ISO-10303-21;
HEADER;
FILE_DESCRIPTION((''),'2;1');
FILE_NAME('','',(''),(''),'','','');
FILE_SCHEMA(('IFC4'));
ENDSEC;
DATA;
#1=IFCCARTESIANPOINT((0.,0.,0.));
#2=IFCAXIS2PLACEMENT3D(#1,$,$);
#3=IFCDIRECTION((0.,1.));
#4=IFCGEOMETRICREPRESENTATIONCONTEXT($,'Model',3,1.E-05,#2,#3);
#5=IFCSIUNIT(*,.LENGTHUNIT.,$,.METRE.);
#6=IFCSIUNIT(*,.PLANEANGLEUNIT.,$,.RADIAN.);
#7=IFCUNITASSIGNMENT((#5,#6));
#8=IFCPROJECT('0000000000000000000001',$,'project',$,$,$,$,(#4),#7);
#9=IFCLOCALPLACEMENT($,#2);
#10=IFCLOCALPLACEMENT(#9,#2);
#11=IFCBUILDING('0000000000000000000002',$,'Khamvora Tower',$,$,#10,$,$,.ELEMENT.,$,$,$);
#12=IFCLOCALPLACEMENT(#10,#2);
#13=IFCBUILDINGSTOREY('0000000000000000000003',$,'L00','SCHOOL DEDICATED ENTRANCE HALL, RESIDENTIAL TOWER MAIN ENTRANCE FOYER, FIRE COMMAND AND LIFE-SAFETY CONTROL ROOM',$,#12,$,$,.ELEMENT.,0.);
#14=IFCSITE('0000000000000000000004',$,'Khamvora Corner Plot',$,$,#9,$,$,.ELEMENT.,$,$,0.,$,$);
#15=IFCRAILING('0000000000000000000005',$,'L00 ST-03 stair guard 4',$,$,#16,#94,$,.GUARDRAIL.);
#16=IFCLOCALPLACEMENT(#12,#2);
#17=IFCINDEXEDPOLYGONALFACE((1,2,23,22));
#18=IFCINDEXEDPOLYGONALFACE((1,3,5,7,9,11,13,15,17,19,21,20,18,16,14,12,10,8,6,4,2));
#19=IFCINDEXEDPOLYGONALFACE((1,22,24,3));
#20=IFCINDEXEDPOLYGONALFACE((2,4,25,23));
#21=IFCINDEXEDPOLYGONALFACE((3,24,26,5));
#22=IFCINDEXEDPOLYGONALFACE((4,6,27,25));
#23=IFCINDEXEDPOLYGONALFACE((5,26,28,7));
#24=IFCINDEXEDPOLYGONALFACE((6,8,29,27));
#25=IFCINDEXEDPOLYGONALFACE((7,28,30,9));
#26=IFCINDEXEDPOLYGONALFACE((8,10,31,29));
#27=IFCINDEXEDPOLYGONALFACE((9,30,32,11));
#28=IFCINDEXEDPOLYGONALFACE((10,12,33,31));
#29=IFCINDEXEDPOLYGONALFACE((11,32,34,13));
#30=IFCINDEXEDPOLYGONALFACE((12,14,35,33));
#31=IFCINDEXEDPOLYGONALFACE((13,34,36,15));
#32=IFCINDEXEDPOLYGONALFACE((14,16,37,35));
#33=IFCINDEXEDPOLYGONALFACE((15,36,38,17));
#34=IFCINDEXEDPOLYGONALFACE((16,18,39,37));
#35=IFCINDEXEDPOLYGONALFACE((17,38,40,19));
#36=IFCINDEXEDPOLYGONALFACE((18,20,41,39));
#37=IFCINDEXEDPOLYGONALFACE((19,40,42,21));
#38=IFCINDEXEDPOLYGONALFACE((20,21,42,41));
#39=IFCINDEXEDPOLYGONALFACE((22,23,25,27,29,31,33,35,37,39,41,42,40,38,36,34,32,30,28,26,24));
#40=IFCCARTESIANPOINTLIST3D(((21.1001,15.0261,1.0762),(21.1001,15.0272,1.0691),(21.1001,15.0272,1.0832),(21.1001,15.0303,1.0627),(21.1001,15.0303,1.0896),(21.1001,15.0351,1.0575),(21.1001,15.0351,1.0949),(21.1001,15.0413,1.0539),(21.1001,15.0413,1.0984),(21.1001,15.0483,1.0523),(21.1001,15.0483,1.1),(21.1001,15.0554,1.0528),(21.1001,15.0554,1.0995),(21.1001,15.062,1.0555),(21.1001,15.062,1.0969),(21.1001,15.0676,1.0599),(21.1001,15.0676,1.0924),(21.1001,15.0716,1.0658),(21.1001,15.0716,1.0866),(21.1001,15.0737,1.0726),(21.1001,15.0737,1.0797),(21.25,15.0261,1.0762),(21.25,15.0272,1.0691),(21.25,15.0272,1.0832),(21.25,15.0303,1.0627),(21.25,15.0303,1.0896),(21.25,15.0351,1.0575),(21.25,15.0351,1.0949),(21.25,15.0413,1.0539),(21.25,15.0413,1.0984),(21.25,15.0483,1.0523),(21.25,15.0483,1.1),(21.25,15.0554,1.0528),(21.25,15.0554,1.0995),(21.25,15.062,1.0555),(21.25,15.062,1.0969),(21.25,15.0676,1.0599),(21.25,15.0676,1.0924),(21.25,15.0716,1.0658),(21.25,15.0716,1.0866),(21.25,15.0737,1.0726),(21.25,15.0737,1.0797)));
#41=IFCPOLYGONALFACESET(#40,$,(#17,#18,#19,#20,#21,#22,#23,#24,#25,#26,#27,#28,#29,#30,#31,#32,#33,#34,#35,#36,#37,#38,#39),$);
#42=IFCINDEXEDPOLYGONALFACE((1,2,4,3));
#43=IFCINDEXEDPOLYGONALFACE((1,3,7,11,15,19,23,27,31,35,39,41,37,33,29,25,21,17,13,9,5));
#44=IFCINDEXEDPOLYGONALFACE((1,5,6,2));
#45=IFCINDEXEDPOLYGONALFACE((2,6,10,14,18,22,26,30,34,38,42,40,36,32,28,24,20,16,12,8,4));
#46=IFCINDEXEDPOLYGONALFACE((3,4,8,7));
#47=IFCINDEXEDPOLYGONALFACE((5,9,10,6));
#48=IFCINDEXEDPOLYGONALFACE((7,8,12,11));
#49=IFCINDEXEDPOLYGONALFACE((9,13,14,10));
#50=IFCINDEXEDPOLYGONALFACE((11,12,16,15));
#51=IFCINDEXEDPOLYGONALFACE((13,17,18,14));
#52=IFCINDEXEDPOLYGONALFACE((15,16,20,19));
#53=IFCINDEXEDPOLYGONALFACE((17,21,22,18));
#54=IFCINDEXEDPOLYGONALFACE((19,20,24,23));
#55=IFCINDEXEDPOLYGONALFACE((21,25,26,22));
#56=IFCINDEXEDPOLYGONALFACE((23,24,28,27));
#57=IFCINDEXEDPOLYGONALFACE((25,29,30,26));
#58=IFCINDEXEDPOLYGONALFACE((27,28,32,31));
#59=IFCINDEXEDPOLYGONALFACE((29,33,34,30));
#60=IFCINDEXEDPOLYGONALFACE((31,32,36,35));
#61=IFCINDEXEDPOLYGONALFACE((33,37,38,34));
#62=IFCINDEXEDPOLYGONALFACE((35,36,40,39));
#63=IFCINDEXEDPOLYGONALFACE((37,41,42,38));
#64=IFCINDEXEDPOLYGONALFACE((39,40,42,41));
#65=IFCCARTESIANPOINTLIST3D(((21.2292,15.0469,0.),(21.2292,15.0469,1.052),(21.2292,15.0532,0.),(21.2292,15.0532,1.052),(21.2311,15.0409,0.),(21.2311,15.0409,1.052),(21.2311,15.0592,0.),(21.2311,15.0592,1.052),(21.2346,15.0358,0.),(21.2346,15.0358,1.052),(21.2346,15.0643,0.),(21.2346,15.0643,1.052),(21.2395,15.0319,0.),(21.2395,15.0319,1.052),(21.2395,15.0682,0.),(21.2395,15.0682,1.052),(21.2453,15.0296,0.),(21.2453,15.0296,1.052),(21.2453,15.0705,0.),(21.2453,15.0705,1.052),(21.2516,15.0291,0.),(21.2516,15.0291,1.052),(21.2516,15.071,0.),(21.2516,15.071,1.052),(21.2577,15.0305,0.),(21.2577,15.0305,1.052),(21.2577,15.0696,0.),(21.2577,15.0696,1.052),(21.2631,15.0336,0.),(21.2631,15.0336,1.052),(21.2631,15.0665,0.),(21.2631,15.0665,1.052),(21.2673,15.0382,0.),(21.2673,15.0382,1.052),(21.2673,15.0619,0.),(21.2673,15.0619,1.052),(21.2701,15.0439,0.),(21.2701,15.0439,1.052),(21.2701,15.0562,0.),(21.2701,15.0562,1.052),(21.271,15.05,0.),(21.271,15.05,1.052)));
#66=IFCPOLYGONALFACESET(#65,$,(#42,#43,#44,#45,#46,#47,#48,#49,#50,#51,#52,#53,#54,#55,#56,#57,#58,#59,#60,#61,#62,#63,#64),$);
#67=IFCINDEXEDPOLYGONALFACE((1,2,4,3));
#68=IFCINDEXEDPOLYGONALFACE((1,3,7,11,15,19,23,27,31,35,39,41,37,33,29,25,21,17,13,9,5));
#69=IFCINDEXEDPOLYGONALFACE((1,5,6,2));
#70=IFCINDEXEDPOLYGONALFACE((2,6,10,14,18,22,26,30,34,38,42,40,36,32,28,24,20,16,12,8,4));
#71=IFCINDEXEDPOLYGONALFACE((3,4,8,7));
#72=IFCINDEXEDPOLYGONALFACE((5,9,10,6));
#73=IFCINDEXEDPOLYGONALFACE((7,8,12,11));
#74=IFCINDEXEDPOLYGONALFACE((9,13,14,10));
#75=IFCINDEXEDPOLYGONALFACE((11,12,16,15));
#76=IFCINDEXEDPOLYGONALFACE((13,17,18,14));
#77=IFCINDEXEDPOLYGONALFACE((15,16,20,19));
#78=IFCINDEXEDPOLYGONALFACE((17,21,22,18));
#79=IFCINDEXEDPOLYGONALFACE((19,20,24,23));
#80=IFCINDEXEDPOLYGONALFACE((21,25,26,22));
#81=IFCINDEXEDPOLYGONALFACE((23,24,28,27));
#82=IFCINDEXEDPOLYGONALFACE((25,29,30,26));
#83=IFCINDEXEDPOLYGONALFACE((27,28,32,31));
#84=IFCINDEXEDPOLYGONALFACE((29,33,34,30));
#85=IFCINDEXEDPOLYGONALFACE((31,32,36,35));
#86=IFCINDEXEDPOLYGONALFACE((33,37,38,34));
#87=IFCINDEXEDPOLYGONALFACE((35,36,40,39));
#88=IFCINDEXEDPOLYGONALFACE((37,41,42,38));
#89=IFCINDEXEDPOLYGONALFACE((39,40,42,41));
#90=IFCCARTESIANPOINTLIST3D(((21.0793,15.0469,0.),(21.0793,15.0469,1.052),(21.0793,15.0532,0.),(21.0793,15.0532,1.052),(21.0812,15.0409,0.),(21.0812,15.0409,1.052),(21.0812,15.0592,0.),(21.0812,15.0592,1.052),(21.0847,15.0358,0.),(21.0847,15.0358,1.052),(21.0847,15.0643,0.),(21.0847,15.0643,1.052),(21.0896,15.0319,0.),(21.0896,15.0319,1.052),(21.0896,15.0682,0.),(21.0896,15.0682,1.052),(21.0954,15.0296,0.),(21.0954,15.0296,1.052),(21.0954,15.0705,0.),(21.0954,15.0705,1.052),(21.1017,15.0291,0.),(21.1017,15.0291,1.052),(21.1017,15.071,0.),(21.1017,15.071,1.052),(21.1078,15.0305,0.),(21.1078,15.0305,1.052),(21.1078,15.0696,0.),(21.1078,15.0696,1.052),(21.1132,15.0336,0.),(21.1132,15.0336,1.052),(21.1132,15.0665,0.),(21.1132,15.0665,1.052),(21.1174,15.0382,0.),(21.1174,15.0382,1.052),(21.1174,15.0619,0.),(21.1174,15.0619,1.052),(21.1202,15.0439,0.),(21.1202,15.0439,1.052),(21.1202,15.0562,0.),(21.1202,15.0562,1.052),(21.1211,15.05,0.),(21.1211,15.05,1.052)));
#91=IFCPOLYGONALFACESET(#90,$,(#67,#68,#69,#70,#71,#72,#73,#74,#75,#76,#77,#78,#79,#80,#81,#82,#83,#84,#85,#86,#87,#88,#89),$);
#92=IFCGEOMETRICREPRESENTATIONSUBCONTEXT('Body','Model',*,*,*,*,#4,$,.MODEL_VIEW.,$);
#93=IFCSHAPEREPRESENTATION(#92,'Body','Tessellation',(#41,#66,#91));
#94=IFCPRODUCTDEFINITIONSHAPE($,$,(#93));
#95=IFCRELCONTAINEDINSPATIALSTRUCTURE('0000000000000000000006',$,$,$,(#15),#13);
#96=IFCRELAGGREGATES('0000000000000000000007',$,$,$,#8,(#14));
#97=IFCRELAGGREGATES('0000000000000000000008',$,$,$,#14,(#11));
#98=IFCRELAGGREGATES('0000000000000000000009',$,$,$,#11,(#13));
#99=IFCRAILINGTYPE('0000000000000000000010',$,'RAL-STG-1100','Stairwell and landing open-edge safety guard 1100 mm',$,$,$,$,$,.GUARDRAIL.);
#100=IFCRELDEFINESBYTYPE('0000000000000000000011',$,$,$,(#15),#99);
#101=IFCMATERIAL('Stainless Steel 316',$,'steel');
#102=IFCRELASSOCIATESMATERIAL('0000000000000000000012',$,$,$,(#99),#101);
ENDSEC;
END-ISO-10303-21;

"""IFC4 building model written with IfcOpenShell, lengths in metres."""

from ifc_helpers import new_model, si_unit, direction, frame, origin, origin_2d, place, context, subcontext, project, spatial, circle, extrude, material, type_object, element, save


model = new_model("IFC4")

# Units and contexts
model_context = context("Model", 3, precision=1e-05, world=origin(), true_north=direction((0.0, 1.0)))
body_context = subcontext(model_context, "Body", "Model", "MODEL_VIEW")
ifc_project = project(units=[si_unit("LENGTHUNIT", "METRE"), si_unit("PLANEANGLEUNIT", "RADIAN")], contexts=[model_context])

# Site, building, storey
site_placement = place(None, origin())
site = spatial("IfcSite", under=ifc_project, at=site_placement, Name="Khamvora Corner Plot", CompositionType="ELEMENT", RefElevation=0.0)
building_placement = place(site_placement, origin())
building = spatial("IfcBuilding", under=site, at=building_placement, Name="Khamvora Tower", CompositionType="ELEMENT")
storey_placement = place(building_placement, origin())
storey = spatial("IfcBuildingStorey", under=building, at=storey_placement, Name="L00", Description="SCHOOL DEDICATED ENTRANCE HALL, RESIDENTIAL TOWER MAIN ENTRANCE FOYER, FIRE COMMAND AND LIFE-SAFETY CONTROL ROOM", CompositionType="ELEMENT", Elevation=0.0)

# Railing
ifc_material_1 = material(Name="Stainless Steel 316", Category="steel")
railing_type_1 = type_object("IfcRailingType", Name="RAL-STG-1100", Description="Stairwell and landing open-edge safety guard 1100 mm", PredefinedType="GUARDRAIL", material=ifc_material_1)
railing_1_placement = place(storey_placement, frame((21.25, 15.05, 0.0)))
element("IfcRailing", 1, at=railing_1_placement, inside=storey, type_object=railing_type_1, Name="L00 ST-03 stair guard 4", PredefinedType="GUARDRAIL", context=body_context, shape_type="SweptSolid", body=[
    extrude(circle(Radius=0.0239, at=origin_2d()), frame((0.0, 0.0, 1.0762), z_axis=(-1.0, 0.0, 0.0), x_axis=(0.0, -1.0, 0.0)), (0.0, 0.0, 1.0), 0.1499),
    extrude(circle(Radius=0.021, at=origin_2d()), origin(), (0.0, 0.0, 1.0), 1.052),
    extrude(circle(Radius=0.021, at=origin_2d()), frame((-0.1499, 0.0, 0.0)), (0.0, 0.0, 1.0), 1.052),
])

save(model, "model.ifc")
